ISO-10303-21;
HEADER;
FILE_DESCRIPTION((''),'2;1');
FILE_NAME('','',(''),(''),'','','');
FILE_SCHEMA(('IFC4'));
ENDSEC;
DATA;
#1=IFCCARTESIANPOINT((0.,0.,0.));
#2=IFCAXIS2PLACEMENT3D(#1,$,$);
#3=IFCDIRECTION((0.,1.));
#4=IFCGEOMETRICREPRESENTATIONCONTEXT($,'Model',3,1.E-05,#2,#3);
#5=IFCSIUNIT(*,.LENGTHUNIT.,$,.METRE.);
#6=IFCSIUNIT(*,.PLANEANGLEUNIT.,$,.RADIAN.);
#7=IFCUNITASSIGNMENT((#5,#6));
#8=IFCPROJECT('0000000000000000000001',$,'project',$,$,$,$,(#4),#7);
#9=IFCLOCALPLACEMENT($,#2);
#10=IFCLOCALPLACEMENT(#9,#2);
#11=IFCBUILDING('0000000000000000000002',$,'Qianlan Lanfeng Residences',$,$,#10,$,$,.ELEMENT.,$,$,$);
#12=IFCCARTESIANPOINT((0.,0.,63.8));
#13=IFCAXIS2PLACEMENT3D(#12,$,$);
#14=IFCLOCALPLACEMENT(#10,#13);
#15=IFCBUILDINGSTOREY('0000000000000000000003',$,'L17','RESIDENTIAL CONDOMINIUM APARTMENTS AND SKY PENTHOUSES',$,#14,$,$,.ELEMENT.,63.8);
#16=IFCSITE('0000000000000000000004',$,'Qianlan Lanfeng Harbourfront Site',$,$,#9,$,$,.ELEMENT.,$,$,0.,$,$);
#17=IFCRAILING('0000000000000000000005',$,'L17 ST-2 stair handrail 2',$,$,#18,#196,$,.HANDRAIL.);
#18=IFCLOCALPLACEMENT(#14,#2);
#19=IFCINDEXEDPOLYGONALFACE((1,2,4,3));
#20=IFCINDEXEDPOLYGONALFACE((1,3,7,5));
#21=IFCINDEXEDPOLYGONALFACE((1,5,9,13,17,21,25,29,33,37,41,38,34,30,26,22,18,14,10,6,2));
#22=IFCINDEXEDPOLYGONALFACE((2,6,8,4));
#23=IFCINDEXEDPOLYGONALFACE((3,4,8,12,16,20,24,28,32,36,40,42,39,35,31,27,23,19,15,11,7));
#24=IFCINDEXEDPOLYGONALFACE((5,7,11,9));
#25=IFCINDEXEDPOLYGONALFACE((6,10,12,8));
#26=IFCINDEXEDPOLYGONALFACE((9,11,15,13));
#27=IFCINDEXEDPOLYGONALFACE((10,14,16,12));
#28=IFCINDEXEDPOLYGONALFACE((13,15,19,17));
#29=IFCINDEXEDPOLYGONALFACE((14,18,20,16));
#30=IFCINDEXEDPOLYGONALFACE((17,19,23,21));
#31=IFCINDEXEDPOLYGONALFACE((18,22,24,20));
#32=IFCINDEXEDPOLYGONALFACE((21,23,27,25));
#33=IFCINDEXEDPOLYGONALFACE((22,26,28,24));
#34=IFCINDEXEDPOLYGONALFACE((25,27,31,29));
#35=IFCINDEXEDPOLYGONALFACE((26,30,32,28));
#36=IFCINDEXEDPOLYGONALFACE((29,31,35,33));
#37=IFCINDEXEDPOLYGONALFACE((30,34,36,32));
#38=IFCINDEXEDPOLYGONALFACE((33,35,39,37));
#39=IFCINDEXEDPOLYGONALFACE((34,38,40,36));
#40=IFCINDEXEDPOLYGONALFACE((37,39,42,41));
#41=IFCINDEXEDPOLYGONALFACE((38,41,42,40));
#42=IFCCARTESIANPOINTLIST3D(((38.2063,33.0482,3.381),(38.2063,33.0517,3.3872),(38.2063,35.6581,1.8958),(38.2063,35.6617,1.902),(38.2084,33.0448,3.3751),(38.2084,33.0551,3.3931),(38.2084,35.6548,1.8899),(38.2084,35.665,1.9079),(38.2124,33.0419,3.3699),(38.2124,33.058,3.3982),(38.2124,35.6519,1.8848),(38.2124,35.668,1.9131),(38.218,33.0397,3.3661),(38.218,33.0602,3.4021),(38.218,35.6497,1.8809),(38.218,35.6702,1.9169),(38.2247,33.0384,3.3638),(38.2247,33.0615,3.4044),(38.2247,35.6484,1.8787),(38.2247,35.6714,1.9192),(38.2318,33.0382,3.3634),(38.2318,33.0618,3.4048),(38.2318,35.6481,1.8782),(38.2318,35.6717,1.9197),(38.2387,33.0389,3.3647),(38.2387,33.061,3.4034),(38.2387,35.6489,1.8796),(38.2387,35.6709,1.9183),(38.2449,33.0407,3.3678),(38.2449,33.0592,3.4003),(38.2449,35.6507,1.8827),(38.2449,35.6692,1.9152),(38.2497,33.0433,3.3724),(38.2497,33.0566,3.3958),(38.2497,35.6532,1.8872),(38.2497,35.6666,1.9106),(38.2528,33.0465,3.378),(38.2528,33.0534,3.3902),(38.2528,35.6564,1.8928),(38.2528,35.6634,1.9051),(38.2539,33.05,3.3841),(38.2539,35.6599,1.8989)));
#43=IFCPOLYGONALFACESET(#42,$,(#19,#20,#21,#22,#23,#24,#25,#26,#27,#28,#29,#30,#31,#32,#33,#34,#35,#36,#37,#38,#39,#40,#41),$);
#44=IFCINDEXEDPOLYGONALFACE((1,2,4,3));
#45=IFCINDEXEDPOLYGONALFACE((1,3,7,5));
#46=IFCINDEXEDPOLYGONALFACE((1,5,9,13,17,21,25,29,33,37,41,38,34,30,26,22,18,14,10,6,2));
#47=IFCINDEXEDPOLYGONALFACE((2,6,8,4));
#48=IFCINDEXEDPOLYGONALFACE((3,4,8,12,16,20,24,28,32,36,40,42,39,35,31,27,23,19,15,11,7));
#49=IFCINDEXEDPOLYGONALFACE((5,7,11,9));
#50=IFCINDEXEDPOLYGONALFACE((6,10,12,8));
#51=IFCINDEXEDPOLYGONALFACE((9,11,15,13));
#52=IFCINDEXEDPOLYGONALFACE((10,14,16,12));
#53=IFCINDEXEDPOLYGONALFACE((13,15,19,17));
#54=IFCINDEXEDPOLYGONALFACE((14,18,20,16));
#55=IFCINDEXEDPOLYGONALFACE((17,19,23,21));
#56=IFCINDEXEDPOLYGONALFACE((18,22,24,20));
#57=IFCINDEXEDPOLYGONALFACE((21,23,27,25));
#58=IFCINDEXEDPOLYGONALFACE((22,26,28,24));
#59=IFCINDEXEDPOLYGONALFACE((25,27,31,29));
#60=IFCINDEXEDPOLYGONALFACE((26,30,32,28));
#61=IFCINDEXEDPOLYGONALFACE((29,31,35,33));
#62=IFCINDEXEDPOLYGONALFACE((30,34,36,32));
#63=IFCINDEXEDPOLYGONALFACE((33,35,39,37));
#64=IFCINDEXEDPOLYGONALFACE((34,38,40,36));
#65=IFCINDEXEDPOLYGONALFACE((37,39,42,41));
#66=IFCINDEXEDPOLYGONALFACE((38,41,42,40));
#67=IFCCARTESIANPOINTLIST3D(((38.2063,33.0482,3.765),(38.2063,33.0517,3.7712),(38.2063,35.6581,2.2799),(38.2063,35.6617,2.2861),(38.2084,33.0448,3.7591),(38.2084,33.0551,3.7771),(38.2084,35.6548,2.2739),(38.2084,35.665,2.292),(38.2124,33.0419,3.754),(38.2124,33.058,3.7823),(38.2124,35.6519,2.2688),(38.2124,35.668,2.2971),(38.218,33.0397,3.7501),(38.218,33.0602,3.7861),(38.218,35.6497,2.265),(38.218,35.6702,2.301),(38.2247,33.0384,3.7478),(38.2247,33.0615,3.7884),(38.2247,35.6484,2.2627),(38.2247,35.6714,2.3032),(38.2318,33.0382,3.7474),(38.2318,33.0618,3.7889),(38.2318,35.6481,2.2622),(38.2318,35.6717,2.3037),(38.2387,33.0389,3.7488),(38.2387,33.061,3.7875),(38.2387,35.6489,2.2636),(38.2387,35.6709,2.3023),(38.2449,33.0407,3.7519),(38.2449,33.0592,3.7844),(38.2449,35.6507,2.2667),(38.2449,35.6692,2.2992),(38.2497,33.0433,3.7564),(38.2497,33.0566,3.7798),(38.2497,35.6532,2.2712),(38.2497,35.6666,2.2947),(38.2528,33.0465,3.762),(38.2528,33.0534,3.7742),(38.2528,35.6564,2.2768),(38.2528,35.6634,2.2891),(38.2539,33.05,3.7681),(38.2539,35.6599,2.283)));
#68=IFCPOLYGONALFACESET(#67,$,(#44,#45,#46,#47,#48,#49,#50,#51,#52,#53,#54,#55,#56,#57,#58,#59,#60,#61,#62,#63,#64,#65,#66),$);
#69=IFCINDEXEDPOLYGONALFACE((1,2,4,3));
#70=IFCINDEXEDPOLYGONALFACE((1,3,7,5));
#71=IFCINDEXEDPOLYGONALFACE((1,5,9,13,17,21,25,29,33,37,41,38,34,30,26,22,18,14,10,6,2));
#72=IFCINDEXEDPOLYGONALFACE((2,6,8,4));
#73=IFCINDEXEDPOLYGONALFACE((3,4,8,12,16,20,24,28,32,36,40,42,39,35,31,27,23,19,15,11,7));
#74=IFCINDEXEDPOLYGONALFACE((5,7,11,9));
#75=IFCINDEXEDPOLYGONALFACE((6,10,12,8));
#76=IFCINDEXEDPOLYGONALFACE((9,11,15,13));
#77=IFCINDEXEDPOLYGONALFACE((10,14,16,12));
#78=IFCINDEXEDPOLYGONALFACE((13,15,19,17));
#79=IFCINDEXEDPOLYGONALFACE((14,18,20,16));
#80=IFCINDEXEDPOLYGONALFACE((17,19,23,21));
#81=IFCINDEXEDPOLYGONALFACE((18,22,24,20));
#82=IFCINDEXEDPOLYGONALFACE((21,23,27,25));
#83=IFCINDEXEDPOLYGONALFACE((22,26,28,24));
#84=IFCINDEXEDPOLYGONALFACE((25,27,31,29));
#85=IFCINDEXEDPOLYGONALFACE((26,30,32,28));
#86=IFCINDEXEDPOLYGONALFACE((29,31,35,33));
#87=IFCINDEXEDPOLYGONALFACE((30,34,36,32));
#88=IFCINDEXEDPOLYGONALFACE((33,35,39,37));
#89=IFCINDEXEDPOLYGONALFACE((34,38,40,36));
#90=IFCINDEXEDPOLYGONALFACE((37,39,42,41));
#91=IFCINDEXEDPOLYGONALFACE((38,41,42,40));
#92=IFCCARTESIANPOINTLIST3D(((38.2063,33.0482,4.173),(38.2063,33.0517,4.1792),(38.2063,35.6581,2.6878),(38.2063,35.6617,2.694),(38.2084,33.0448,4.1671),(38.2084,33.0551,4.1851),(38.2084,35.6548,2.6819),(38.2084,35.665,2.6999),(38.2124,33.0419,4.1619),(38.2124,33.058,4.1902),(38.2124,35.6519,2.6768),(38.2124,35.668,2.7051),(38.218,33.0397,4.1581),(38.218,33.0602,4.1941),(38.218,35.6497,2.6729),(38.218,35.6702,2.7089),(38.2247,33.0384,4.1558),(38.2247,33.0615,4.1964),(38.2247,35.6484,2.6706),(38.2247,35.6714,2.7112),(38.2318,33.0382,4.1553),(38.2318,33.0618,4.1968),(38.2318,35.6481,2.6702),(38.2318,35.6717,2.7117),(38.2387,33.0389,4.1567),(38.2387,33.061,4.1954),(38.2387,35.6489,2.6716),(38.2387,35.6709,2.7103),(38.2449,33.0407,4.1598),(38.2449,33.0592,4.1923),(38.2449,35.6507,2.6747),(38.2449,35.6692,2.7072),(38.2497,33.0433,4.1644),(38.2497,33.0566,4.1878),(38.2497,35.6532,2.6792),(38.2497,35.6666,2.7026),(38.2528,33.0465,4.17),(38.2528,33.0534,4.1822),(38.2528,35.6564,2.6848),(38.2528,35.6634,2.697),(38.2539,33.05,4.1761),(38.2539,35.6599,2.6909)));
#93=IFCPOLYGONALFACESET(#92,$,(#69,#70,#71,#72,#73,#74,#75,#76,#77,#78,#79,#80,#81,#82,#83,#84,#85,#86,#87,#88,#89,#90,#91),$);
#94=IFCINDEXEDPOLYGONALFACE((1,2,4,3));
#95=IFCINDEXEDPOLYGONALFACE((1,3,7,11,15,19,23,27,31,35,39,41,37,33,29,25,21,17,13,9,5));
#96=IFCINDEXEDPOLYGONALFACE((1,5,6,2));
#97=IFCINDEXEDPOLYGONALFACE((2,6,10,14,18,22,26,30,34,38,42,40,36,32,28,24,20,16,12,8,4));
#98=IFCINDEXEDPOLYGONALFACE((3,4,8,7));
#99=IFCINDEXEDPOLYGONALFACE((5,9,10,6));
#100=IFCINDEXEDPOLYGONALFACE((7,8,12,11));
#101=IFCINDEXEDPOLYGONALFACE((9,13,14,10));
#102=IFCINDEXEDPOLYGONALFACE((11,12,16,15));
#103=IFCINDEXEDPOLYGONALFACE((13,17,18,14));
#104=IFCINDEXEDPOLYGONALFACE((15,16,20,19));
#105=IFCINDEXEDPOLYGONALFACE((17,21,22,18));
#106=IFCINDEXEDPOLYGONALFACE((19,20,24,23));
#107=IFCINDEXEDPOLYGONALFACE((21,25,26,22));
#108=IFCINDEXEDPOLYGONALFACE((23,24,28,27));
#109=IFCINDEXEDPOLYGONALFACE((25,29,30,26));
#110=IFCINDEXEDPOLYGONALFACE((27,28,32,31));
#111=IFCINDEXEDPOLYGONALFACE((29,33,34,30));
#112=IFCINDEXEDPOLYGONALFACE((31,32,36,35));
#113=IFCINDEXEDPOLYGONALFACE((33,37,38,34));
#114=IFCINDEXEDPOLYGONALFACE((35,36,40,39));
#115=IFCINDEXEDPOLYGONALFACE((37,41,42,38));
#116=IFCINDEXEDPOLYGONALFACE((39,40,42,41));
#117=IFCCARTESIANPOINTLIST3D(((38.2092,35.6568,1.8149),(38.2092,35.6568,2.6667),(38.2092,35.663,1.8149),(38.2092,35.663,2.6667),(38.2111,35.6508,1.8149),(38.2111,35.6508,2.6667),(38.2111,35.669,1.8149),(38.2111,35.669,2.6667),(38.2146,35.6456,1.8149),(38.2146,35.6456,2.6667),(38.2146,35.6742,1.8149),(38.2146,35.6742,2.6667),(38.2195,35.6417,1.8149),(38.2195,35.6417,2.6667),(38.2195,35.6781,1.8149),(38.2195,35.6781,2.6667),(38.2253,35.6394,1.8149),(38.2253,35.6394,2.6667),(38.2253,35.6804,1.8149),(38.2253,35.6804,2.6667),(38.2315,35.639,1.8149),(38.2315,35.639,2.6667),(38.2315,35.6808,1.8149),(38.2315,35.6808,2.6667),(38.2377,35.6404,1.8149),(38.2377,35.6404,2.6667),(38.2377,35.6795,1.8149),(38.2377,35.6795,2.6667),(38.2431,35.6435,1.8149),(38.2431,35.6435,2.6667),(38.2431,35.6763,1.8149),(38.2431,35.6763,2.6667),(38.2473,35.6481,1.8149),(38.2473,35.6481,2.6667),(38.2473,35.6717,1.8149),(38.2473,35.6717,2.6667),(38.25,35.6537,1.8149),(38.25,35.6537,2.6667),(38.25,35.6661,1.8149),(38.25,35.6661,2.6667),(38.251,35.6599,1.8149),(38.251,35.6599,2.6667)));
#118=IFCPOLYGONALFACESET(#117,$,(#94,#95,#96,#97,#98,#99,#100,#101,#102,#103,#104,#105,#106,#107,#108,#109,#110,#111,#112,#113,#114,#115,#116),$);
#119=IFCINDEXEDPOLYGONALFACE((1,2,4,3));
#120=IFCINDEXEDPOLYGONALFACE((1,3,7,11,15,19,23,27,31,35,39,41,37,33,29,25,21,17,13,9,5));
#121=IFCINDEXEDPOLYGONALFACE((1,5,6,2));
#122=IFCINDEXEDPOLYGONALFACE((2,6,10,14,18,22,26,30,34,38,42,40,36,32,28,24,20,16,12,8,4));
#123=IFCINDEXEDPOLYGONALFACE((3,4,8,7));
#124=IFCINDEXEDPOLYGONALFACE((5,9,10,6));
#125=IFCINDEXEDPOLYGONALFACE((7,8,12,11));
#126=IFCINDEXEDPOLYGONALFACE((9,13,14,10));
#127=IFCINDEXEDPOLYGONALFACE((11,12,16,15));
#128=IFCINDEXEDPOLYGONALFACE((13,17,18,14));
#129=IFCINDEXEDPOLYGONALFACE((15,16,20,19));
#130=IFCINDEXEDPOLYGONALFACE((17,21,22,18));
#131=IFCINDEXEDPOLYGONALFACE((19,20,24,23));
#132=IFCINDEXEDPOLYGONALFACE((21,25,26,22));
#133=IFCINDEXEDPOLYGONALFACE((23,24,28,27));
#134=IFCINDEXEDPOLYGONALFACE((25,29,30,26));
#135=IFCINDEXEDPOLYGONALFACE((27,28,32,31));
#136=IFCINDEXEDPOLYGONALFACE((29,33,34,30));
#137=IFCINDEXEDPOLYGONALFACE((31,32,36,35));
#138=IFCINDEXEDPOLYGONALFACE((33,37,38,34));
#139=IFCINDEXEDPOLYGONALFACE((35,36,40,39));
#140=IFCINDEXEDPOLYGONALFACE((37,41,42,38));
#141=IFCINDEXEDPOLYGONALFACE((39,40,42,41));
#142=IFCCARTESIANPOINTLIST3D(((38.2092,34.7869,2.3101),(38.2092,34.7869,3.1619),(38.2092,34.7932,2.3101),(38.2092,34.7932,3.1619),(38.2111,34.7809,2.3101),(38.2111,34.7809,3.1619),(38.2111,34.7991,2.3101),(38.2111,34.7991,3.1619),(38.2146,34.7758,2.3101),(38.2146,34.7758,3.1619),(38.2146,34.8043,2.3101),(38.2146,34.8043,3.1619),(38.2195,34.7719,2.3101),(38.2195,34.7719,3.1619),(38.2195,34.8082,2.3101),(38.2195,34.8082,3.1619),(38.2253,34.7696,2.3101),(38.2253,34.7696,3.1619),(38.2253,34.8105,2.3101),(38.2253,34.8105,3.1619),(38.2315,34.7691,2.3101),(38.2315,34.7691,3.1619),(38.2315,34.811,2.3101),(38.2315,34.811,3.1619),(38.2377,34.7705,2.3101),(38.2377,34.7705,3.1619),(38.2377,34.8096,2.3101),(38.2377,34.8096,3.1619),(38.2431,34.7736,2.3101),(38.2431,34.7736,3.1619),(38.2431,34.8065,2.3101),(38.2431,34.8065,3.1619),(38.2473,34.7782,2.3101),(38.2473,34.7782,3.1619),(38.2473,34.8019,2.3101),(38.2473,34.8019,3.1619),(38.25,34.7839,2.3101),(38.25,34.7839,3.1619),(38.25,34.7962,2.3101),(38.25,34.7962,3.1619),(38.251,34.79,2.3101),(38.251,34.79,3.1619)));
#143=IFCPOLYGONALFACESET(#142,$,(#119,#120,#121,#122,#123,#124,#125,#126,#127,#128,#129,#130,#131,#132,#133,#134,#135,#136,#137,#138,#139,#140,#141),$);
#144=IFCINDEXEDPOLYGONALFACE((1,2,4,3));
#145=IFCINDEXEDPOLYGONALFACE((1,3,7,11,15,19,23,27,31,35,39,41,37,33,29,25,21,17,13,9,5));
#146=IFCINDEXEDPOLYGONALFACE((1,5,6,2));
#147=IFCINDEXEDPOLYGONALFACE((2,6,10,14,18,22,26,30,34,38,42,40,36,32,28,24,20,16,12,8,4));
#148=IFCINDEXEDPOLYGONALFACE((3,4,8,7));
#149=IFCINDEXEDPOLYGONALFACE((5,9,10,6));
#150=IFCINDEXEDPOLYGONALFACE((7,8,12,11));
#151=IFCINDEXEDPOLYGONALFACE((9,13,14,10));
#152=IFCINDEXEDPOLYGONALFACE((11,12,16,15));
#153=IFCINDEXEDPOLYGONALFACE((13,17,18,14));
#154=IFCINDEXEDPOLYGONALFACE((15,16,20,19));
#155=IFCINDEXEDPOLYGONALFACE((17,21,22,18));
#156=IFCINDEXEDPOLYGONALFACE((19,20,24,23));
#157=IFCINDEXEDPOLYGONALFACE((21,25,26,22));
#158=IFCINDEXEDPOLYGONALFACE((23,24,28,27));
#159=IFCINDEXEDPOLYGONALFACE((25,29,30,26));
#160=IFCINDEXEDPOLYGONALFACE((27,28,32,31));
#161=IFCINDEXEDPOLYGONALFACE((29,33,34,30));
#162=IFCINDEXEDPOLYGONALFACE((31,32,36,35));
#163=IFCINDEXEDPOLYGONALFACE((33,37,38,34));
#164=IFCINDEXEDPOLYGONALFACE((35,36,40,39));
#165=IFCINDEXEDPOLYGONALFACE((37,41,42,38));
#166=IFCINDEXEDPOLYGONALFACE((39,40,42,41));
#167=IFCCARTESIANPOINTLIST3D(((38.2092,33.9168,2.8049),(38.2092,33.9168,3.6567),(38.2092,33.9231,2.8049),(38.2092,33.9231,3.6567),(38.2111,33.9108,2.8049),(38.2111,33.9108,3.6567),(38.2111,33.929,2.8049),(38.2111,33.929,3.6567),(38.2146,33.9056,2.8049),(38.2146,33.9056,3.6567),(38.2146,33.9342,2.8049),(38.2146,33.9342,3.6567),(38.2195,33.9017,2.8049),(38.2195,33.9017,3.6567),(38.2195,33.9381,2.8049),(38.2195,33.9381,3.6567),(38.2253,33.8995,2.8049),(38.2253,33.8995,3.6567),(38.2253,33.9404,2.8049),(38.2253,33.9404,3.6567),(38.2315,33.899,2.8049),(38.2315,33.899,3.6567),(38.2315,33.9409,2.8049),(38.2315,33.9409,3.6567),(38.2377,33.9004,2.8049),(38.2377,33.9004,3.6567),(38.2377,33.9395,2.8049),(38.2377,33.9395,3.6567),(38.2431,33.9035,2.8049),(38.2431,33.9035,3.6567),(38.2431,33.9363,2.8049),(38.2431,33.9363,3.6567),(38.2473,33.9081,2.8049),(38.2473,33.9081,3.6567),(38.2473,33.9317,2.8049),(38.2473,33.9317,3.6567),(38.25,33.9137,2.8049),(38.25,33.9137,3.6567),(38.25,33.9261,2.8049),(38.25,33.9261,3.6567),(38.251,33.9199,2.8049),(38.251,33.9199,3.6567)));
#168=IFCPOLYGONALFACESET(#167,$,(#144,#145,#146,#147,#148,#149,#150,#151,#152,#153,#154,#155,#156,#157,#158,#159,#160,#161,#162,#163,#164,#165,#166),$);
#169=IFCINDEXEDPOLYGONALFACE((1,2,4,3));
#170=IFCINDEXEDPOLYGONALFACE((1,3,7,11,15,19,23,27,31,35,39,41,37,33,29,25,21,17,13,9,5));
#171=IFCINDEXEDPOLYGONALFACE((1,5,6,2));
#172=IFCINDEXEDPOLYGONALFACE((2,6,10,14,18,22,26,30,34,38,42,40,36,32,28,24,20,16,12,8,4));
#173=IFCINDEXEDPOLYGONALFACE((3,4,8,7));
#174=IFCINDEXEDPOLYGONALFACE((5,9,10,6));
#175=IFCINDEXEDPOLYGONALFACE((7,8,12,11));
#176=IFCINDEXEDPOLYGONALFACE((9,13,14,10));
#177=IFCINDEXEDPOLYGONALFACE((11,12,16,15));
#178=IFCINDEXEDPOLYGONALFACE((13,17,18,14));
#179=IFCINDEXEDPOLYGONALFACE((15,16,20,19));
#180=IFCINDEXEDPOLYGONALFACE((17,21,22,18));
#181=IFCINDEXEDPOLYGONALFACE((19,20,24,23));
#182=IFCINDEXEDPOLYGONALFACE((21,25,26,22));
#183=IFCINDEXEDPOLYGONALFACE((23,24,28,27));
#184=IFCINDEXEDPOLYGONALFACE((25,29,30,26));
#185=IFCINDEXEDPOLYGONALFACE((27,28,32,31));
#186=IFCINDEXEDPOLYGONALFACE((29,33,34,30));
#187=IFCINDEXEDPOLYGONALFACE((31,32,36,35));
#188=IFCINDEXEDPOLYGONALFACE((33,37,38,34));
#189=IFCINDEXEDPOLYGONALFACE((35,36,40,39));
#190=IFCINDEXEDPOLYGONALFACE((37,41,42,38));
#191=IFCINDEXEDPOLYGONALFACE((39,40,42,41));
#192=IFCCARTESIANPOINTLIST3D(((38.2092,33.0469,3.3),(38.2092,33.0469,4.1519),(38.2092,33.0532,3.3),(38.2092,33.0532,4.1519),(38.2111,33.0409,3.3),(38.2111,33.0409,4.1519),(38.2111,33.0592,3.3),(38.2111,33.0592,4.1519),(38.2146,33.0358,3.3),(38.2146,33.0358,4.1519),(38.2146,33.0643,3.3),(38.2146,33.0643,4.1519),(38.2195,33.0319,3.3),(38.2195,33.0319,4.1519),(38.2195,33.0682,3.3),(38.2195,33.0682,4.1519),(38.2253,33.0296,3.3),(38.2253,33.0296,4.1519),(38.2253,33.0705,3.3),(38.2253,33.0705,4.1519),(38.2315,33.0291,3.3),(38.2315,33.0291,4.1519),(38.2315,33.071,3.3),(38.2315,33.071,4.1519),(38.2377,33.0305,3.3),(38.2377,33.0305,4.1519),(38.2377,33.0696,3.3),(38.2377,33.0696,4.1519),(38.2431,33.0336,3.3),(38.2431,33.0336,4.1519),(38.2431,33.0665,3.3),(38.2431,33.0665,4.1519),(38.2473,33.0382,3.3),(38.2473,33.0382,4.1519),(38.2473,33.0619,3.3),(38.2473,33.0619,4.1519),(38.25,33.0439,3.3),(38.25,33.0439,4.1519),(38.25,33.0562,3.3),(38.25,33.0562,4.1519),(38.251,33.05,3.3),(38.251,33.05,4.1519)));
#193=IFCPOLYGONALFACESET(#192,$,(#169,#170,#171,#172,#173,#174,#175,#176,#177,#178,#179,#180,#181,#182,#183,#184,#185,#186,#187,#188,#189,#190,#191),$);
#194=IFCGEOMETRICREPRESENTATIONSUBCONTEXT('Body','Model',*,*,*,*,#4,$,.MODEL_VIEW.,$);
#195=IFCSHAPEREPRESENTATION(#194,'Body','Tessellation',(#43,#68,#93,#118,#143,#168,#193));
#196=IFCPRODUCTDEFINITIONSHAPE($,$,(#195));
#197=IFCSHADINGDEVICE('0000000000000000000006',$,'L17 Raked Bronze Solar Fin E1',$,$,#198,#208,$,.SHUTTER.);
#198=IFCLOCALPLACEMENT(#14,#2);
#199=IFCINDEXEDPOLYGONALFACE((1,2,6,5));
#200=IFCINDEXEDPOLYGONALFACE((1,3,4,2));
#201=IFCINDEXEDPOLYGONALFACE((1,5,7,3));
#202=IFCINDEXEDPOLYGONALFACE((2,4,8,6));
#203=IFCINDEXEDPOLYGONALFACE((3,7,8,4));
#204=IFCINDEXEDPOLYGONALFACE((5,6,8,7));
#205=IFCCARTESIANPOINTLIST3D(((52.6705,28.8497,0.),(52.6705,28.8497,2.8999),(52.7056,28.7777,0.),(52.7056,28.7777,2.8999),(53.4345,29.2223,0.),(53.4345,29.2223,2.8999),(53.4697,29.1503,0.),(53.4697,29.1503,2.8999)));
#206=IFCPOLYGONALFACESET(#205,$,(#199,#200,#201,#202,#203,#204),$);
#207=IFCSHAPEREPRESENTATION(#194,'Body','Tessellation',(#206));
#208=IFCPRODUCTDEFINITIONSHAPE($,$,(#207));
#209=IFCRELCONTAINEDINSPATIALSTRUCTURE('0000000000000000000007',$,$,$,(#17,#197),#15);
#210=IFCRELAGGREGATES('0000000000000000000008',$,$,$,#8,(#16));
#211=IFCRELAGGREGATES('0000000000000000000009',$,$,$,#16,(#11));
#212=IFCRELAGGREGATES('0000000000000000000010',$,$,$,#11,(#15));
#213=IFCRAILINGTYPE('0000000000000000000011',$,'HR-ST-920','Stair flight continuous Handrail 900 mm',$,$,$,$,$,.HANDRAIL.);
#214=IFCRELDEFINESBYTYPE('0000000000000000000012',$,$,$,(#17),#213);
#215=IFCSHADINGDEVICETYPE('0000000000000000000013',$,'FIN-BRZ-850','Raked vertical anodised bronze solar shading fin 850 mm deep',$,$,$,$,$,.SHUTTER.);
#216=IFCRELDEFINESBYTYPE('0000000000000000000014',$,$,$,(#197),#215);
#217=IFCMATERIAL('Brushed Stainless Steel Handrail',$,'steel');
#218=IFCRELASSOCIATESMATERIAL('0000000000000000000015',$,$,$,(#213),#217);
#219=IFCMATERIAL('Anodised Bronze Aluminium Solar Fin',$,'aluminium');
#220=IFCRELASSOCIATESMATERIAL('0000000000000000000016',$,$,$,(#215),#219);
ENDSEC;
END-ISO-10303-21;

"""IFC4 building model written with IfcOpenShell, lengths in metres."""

from ifc_helpers import new_model, si_unit, direction, frame, origin, origin_2d, place, context, subcontext, project, spatial, rectangle, circle, extrude, source, transform, mapped, material, type_object, element, save


model = new_model("IFC4")

# Units and contexts
model_context = context("Model", 3, precision=1e-05, world=origin(), true_north=direction((0.0, 1.0)))
body_context = subcontext(model_context, "Body", "Model", "MODEL_VIEW")
ifc_project = project(units=[si_unit("LENGTHUNIT", "METRE"), si_unit("PLANEANGLEUNIT", "RADIAN")], contexts=[model_context])

# Site, building, storey
site_placement = place(None, origin())
site = spatial("IfcSite", under=ifc_project, at=site_placement, Name="Qianlan Lanfeng Harbourfront Site", CompositionType="ELEMENT", RefElevation=0.0)
building_placement = place(site_placement, origin())
building = spatial("IfcBuilding", under=site, at=building_placement, Name="Qianlan Lanfeng Residences", CompositionType="ELEMENT")
storey_placement = place(building_placement, frame((0.0, 0.0, 63.8)))
storey = spatial("IfcBuildingStorey", under=building, at=storey_placement, Name="L17", Description="RESIDENTIAL CONDOMINIUM APARTMENTS AND SKY PENTHOUSES", CompositionType="ELEMENT", Elevation=63.8)

# Railing
ifc_material_1 = material(Name="Brushed Stainless Steel Handrail", Category="steel")
railing_type_1 = type_object("IfcRailingType", Name="HR-ST-920", Description="Stair flight continuous Handrail 900 mm", PredefinedType="HANDRAIL", material=ifc_material_1)
railing_1_placement = place(storey_placement, frame((38.23, 35.6599, 1.8149)))
element("IfcRailing", 1, at=railing_1_placement, inside=storey, type_object=railing_type_1, Name="L17 ST-2 stair handrail 2", PredefinedType="HANDRAIL", context=body_context, shape_type="SweptSolid", body=[
    extrude(circle(Radius=0.0239, at=origin_2d()), frame((0.0, 0.0, 0.084), z_axis=(0.0, -0.869137, 0.494571), x_axis=(1.0, 0.0, 0.0)), (0.0, 0.0, 1.0), 3.0029),
    extrude(circle(Radius=0.0239, at=origin_2d()), frame((0.0, 0.0, 0.468), z_axis=(0.0, -0.869137, 0.494571), x_axis=(1.0, 0.0, 0.0)), (0.0, 0.0, 1.0), 3.0029),
    extrude(circle(Radius=0.0239, at=origin_2d()), frame((0.0, 0.0, 0.876), z_axis=(0.0, -0.869137, 0.494571), x_axis=(1.0, 0.0, 0.0)), (0.0, 0.0, 1.0), 3.0029),
    extrude(circle(Radius=0.021, at=origin_2d()), origin(), (0.0, 0.0, 1.0), 0.8518),
    extrude(circle(Radius=0.021, at=origin_2d()), frame((0.0, -0.8699, 0.4951)), (0.0, 0.0, 1.0), 0.8518),
    extrude(circle(Radius=0.021, at=origin_2d()), frame((0.0, -1.74, 0.99)), (0.0, 0.0, 1.0), 0.8518),
    extrude(circle(Radius=0.021, at=origin_2d()), frame((0.0, -2.6099, 1.4851)), (0.0, 0.0, 1.0), 0.8518),
])

# Shading device
ifc_material_2 = material(Name="Anodised Bronze Aluminium Solar Fin", Category="aluminium")
shading_device_type = type_object("IfcShadingDeviceType", Name="FIN-BRZ-850", Description="Raked vertical anodised bronze solar shading fin 850 mm deep", PredefinedType="SHUTTER", material=ifc_material_2)
shared_shape_1 = source(origin(), body_context, "Body", "SweptSolid", [
    extrude(rectangle(XDim=0.8501, YDim=0.0801, at=origin_2d()), origin(), (0.0, 0.0, 1.0), 2.8999),
])
for number, where, z_axis, x_axis, name in (
    (2, (53.0701, 29.0, 0.0), (0.0, 0.0, 1.0), (0.898794, 0.438371, 0.0), "L17 Raked Bronze Solar Fin E1"),
):
    element("IfcShadingDevice", number, at=place(storey_placement, frame(where, z_axis=z_axis, x_axis=x_axis)), inside=storey, type_object=shading_device_type, Name=name, PredefinedType="SHUTTER", context=body_context, shape_type="MappedRepresentation", body=[
        mapped(shared_shape_1, transform((0.0, 0.0, 0.0), scale=1.0)),
    ])

save(model, "model.ifc")
